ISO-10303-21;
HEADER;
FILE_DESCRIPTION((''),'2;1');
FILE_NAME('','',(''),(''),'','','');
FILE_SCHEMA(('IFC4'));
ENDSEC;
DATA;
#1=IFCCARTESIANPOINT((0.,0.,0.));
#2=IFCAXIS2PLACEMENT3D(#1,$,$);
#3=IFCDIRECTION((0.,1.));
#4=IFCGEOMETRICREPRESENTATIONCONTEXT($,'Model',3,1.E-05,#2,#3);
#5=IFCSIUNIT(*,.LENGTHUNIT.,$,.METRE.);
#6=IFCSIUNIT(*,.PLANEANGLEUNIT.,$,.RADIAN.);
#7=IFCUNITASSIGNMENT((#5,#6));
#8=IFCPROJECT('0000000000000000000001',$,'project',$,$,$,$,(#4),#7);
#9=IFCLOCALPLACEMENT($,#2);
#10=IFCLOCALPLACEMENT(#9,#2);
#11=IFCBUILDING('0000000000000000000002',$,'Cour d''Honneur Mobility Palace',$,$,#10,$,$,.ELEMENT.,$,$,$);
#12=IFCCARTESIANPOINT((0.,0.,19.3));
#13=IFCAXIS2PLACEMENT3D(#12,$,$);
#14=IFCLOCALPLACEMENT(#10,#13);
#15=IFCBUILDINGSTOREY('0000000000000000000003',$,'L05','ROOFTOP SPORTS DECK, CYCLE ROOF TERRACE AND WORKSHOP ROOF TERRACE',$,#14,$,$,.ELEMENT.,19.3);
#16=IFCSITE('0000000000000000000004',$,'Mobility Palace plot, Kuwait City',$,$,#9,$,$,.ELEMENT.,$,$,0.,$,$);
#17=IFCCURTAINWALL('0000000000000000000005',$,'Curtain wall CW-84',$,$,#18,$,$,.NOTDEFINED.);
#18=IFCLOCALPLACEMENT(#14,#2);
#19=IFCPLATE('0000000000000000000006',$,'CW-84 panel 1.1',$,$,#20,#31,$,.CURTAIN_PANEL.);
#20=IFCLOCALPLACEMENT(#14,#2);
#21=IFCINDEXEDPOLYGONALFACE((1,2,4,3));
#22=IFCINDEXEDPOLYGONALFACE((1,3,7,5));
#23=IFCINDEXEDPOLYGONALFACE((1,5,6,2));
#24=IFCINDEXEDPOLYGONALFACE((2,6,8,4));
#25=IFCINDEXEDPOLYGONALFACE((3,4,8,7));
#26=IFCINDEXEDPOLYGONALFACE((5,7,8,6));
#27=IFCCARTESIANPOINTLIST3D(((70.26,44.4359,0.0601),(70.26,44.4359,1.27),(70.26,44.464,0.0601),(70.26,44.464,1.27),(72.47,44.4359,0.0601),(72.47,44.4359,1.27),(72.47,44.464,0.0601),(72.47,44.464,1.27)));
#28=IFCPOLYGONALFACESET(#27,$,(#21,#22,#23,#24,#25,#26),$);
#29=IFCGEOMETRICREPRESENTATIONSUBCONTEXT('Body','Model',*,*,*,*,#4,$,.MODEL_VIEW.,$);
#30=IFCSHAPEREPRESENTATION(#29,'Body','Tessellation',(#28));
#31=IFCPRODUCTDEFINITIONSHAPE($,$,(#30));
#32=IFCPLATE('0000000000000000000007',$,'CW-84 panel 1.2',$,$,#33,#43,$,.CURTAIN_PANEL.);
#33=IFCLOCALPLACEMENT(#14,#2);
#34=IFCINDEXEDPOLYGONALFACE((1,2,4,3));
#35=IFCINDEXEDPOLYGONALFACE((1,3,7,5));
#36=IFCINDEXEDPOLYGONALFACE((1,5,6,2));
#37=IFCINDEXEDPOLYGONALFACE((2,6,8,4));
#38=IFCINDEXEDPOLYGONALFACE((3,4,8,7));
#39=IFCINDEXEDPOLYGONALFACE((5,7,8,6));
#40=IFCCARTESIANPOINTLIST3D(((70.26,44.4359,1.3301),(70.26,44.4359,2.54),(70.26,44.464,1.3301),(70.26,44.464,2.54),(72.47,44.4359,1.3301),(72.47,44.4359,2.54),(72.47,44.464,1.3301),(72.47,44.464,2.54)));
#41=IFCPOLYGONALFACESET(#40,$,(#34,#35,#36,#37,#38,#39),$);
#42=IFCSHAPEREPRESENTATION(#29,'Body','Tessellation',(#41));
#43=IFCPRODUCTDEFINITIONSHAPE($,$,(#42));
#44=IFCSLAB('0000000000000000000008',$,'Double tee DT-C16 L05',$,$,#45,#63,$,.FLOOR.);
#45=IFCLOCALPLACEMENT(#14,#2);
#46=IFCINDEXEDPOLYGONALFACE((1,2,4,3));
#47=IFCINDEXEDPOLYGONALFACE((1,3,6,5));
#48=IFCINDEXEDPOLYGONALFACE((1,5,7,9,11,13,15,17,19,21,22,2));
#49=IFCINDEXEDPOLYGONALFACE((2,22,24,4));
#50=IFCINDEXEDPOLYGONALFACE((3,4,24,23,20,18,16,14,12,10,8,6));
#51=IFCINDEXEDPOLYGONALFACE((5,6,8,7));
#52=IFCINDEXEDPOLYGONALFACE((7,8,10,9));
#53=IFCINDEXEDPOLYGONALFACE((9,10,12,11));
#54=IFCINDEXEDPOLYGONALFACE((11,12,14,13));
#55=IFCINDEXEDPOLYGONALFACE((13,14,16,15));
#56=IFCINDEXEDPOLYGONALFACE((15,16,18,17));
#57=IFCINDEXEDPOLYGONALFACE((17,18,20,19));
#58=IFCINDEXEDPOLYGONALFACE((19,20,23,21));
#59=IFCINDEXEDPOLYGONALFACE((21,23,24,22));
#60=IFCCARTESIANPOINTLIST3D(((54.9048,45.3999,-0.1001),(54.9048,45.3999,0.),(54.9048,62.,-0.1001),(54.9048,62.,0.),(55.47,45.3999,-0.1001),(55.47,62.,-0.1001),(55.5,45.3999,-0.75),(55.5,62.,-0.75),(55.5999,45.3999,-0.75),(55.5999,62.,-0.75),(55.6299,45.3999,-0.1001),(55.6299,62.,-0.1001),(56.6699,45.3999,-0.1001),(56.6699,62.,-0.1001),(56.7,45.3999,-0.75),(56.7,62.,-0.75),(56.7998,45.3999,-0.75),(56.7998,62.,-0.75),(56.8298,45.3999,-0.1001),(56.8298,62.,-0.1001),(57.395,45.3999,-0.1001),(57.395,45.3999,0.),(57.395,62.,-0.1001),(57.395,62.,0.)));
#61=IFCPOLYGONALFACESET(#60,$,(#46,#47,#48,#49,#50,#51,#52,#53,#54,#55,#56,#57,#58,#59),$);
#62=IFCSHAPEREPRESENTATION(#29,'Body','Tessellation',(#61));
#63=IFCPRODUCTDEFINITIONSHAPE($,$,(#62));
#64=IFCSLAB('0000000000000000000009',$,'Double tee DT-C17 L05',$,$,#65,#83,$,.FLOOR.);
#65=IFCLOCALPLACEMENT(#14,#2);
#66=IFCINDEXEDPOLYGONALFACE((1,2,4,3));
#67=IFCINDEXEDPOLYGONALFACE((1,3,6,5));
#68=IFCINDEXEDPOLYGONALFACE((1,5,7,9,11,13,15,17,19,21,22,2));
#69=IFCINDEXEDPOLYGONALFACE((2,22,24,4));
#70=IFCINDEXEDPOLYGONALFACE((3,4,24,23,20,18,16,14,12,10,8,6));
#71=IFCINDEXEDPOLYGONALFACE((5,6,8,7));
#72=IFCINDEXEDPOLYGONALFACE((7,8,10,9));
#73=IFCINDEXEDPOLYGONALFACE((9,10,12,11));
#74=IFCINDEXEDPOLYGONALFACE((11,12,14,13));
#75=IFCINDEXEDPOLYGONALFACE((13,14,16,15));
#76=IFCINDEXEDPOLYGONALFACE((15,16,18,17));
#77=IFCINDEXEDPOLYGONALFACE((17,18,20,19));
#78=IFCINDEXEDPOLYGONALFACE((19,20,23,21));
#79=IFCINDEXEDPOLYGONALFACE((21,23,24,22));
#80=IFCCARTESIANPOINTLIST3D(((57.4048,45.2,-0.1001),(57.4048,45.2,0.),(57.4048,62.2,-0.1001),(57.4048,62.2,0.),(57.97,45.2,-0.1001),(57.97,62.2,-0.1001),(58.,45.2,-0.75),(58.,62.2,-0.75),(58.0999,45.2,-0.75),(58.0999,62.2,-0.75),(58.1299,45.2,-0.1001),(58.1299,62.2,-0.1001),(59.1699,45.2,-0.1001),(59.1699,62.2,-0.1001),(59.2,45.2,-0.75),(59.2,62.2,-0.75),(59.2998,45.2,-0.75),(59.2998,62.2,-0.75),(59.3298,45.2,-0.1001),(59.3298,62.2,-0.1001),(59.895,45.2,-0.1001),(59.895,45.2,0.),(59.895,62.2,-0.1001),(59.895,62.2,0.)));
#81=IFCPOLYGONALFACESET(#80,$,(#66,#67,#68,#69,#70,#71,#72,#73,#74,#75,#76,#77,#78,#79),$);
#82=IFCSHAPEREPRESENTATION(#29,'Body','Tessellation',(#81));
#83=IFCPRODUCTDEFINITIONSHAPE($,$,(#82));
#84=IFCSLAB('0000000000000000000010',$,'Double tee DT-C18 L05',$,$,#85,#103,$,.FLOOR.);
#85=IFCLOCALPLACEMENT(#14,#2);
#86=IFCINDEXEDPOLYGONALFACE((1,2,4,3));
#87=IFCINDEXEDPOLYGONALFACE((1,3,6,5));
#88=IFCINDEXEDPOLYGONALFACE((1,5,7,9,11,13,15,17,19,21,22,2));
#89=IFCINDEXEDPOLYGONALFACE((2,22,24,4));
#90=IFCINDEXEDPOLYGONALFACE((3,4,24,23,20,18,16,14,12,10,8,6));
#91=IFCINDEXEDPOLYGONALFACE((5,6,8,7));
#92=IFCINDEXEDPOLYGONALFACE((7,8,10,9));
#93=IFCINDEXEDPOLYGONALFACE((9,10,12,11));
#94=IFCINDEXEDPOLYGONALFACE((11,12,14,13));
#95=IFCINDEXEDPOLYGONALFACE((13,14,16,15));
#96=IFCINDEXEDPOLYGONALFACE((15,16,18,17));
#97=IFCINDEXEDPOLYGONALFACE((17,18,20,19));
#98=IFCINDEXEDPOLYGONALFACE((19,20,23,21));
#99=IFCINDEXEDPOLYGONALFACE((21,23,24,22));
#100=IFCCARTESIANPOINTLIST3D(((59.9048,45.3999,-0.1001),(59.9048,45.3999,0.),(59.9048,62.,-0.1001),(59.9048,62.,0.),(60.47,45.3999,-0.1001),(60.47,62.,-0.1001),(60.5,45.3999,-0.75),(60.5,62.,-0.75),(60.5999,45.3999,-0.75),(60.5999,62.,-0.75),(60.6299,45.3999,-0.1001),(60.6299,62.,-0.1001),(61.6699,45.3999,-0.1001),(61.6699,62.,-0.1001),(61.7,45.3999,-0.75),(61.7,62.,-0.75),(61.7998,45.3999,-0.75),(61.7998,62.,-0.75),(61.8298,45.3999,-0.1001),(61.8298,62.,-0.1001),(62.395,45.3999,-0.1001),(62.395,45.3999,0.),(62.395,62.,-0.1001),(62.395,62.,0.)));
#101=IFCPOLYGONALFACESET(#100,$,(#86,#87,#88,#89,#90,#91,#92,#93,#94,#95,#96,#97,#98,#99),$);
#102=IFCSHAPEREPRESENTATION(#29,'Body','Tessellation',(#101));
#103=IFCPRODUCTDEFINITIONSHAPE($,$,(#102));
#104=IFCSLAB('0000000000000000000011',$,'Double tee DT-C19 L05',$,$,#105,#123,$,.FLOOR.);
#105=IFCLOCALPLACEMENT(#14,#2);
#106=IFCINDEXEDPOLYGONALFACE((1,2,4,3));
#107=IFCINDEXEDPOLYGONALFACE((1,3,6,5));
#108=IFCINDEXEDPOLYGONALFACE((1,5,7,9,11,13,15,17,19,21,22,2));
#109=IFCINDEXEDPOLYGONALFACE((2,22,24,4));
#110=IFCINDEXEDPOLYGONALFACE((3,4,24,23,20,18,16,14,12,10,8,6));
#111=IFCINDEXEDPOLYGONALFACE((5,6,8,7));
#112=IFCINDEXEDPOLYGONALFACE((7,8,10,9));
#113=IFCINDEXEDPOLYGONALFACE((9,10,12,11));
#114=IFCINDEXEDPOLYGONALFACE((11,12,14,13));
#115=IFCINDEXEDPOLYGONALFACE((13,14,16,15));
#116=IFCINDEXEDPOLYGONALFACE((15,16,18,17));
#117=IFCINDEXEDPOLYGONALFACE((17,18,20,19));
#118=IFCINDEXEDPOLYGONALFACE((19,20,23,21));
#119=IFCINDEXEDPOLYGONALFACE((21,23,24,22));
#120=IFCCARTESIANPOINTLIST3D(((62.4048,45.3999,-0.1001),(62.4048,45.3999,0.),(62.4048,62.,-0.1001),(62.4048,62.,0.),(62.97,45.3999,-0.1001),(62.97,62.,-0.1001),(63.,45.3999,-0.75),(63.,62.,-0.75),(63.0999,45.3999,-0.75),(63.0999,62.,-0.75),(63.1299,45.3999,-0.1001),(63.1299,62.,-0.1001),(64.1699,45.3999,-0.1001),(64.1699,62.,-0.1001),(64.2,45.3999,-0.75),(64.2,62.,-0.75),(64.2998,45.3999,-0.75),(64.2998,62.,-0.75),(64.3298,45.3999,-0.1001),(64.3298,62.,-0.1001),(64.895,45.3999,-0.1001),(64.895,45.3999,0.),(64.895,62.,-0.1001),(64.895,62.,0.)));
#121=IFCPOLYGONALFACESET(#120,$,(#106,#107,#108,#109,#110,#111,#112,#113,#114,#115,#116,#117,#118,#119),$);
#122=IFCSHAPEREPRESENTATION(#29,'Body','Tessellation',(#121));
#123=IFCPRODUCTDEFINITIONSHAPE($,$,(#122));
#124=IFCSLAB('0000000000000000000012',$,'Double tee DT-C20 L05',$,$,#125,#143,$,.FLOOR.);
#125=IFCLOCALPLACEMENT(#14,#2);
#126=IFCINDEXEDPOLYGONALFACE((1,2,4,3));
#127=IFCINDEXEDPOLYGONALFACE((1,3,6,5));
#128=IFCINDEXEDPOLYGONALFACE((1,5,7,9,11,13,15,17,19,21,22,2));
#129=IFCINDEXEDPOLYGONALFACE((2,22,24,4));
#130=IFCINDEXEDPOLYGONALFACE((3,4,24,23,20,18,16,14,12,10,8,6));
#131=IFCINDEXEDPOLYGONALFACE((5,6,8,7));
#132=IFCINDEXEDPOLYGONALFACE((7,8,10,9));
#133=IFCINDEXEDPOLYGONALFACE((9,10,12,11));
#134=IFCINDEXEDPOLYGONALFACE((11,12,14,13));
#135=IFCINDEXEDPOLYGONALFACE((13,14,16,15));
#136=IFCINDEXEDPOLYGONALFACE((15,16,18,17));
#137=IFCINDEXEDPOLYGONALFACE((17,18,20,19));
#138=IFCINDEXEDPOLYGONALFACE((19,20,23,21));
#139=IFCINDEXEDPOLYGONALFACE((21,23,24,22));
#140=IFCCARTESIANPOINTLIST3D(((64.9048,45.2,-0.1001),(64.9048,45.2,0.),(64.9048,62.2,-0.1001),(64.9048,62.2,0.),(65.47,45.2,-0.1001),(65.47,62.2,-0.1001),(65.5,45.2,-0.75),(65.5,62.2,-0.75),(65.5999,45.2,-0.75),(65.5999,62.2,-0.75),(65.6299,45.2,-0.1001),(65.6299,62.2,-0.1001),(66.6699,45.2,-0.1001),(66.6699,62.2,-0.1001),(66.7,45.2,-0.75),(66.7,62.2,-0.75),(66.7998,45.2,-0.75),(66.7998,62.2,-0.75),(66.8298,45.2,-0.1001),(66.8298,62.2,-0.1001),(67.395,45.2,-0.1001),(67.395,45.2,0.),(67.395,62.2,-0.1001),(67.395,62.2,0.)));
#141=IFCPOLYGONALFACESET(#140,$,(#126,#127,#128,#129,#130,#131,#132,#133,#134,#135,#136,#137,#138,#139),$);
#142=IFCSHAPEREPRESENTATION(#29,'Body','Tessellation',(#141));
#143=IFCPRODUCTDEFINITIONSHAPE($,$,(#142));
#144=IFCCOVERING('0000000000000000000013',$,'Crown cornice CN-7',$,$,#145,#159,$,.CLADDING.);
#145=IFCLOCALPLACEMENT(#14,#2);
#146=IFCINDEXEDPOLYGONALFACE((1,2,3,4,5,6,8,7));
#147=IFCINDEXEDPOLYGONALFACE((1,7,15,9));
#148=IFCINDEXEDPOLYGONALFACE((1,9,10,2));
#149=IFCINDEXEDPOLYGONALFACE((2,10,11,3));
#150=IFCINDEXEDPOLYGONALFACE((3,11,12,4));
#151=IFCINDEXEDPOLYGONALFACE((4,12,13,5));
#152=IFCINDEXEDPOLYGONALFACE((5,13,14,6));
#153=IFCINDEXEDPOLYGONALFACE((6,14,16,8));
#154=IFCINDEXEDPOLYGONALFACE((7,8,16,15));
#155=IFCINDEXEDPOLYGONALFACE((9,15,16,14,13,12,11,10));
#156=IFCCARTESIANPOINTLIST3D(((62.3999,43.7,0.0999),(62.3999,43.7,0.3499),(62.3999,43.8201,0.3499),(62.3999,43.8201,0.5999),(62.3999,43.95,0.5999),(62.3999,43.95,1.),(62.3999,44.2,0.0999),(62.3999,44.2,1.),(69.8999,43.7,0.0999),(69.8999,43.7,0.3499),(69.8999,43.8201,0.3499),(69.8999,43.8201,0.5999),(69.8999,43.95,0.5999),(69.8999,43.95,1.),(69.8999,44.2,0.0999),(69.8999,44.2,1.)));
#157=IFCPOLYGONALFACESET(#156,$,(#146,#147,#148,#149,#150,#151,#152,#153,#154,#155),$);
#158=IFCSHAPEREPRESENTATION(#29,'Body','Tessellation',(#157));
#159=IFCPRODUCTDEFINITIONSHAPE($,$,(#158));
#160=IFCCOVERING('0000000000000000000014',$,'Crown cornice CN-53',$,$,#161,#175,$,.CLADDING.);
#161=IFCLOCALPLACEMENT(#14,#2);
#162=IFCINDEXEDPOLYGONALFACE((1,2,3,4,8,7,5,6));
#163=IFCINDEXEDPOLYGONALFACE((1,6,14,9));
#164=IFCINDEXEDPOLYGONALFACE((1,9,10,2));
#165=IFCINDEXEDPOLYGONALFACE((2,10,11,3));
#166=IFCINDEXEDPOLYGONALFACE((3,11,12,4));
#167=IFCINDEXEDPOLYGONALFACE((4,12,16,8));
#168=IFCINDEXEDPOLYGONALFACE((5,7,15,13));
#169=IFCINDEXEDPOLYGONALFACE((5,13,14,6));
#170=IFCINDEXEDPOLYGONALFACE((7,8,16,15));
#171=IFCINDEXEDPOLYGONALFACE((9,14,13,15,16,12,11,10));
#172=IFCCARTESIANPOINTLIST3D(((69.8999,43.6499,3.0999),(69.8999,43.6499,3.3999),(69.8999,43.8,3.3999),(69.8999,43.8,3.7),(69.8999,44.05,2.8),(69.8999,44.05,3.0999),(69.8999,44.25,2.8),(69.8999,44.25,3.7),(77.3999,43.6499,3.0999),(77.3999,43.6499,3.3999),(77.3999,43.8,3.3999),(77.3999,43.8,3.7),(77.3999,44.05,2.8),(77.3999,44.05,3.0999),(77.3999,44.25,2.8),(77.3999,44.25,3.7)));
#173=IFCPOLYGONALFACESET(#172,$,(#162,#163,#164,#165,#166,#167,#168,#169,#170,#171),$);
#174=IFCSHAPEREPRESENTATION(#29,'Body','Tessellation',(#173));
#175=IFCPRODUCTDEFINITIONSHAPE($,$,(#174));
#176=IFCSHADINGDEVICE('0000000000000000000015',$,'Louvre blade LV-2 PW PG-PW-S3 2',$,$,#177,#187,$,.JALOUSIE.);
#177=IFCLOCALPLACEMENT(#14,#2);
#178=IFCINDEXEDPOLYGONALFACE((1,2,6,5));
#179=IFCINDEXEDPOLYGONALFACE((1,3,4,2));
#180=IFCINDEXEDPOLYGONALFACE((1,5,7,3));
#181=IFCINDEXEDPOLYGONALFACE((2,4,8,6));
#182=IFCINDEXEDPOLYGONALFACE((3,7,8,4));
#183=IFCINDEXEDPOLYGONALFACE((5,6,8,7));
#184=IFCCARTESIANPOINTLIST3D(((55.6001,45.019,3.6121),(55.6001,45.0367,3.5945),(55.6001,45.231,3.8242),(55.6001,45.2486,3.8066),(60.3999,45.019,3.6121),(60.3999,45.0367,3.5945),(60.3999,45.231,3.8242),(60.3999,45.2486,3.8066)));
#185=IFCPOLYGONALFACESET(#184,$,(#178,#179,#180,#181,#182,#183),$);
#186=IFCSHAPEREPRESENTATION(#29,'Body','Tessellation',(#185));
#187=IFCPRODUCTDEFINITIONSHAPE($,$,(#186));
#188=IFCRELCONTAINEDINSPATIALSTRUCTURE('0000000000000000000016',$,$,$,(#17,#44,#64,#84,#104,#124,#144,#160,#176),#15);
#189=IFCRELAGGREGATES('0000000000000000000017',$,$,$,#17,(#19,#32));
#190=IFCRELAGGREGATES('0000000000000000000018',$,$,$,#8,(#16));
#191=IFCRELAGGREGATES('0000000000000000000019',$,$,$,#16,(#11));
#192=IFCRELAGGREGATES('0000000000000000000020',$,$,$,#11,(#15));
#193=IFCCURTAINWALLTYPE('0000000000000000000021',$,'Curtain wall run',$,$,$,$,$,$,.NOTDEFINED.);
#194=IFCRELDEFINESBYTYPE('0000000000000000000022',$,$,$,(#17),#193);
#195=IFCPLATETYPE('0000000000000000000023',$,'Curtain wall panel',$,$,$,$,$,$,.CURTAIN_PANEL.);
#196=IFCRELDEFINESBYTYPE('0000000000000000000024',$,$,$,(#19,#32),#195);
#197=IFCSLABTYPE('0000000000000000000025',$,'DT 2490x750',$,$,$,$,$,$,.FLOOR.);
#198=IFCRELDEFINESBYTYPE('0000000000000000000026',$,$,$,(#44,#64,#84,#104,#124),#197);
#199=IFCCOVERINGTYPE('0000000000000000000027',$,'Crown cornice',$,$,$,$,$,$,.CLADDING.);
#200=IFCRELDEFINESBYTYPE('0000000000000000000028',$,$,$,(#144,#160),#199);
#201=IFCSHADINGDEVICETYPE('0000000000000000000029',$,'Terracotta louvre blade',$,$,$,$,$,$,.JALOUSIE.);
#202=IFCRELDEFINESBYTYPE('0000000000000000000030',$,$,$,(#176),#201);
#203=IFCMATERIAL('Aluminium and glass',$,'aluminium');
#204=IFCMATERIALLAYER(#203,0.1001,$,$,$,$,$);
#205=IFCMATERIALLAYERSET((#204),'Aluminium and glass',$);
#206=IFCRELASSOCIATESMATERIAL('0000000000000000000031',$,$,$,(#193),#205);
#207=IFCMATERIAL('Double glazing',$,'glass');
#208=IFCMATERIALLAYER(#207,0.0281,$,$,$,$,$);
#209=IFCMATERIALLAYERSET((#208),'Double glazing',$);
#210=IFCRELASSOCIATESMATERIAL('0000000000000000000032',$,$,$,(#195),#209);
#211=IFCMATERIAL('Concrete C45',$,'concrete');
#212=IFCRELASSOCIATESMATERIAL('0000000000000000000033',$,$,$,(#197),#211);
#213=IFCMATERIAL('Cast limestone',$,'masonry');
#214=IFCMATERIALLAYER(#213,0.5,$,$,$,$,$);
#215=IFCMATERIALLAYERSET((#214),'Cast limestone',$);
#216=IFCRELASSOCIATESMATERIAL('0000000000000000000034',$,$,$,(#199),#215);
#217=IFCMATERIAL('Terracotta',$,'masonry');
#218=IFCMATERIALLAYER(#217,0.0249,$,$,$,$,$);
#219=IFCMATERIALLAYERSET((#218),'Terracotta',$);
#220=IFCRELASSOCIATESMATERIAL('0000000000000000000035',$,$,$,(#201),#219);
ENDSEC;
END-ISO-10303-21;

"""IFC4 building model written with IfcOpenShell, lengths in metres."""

from ifc_helpers import new_model, si_unit, direction, frame, origin, origin_2d, place, context, subcontext, project, spatial, polyline, rectangle, outline, extrude, material, layer, layer_set, material_profile, profile_set, type_object, element, aggregate, save


model = new_model("IFC4")

# Units and contexts
model_context = context("Model", 3, precision=1e-05, world=origin(), true_north=direction((0.0, 1.0)))
body_context = subcontext(model_context, "Body", "Model", "MODEL_VIEW")
ifc_project = project(units=[si_unit("LENGTHUNIT", "METRE"), si_unit("PLANEANGLEUNIT", "RADIAN")], contexts=[model_context])

# Site, building, storey
site_placement = place(None, origin())
site = spatial("IfcSite", under=ifc_project, at=site_placement, Name="Mobility Palace plot, Kuwait City", CompositionType="ELEMENT", RefElevation=0.0)
building_placement = place(site_placement, origin())
building = spatial("IfcBuilding", under=site, at=building_placement, Name="Cour d'Honneur Mobility Palace", CompositionType="ELEMENT")
storey_placement = place(building_placement, frame((0.0, 0.0, 19.3)))
storey = spatial("IfcBuildingStorey", under=building, at=storey_placement, Name="L05", Description="ROOFTOP SPORTS DECK, CYCLE ROOF TERRACE AND WORKSHOP ROOF TERRACE", CompositionType="ELEMENT", Elevation=19.3)

# Curtain wall
ifc_material_1 = material(Name="Aluminium and glass", Category="aluminium")
ifc_layer_1 = layer(ifc_material_1, 0.1001)
ifc_layer_set_1 = layer_set([ifc_layer_1], Name="Aluminium and glass")
curtain_wall_type = type_object("IfcCurtainWallType", Name="Curtain wall run", PredefinedType="NOTDEFINED", material=ifc_layer_set_1)
curtain_wall_placement = place(storey_placement, origin())
curtain_wall = element("IfcCurtainWall", 1, at=curtain_wall_placement, inside=storey, type_object=curtain_wall_type, Name="Curtain wall CW-84", PredefinedType="NOTDEFINED")

# Plates
ifc_material_2 = material(Name="Double glazing", Category="glass")
ifc_layer_2 = layer(ifc_material_2, 0.0281)
ifc_layer_set_2 = layer_set([ifc_layer_2], Name="Double glazing")
plate_type = type_object("IfcPlateType", Name="Curtain wall panel", PredefinedType="CURTAIN_PANEL", material=ifc_layer_set_2)
plate_1_placement = place(storey_placement, frame((71.365, 44.45, 0.0601), z_axis=(0.0, 0.0, 1.0), x_axis=(1.0, 0.0, 0.0)))
plate_1 = element("IfcPlate", 2, at=plate_1_placement, type_object=plate_type, Name="CW-84 panel 1.1", PredefinedType="CURTAIN_PANEL", context=body_context, shape_type="SweptSolid", body=[
    extrude(rectangle(XDim=2.21, YDim=0.0281, at=origin_2d()), origin(), (0.0, 0.0, 1.0), 1.21),
])
plate_2_placement = place(storey_placement, frame((71.365, 44.45, 1.3301), z_axis=(0.0, 0.0, 1.0), x_axis=(1.0, 0.0, 0.0)))
plate_2 = element("IfcPlate", 3, at=plate_2_placement, type_object=plate_type, Name="CW-84 panel 1.2", PredefinedType="CURTAIN_PANEL", context=body_context, shape_type="SweptSolid", body=[
    extrude(rectangle(XDim=2.21, YDim=0.0281, at=origin_2d()), origin(), (0.0, 0.0, 1.0), 1.21),
])
aggregate(curtain_wall, [plate_1, plate_2])

# Slabs
ifc_material_3 = material(Name="Concrete C45", Category="concrete")
ifc_material_profile_1 = material_profile(ifc_material_3, outline(polyline([(-1.2451, 0.0), (1.2451, 0.0), (1.2451, -0.1001), (0.6799, -0.1001), (0.6499, -0.75), (0.55, -0.75), (0.52, -0.1001), (-0.52, -0.1001), (-0.55, -0.75), (-0.6499, -0.75), (-0.6799, -0.1001), (-1.2451, -0.1001), (-1.2451, 0.0)])), Name="DT 2490x750")
ifc_profile_set_1 = profile_set([ifc_material_profile_1], Name="Concrete C45")
slab_type = type_object("IfcSlabType", Name="DT 2490x750", PredefinedType="FLOOR", material=ifc_profile_set_1)
slab_1_placement = place(storey_placement, frame((56.1499, 45.3999, 0.0), z_axis=(0.0, 1.0, 0.0), x_axis=(-1.0, 0.0, 0.0)))
element("IfcSlab", 4, at=slab_1_placement, inside=storey, type_object=slab_type, Name="Double tee DT-C16 L05", PredefinedType="FLOOR", context=body_context, shape_type="SweptSolid", body=[
    extrude(outline(polyline([(-1.2451, 0.0), (1.2451, 0.0), (1.2451, -0.1001), (0.6799, -0.1001), (0.6499, -0.75), (0.55, -0.75), (0.52, -0.1001), (-0.52, -0.1001), (-0.55, -0.75), (-0.6499, -0.75), (-0.6799, -0.1001), (-1.2451, -0.1001), (-1.2451, 0.0)])), origin(), (0.0, 0.0, 1.0), 16.6001),
])
slab_2_placement = place(storey_placement, frame((58.6499, 45.2, 0.0), z_axis=(0.0, 1.0, 0.0), x_axis=(-1.0, 0.0, 0.0)))
element("IfcSlab", 5, at=slab_2_placement, inside=storey, type_object=slab_type, Name="Double tee DT-C17 L05", PredefinedType="FLOOR", context=body_context, shape_type="SweptSolid", body=[
    extrude(outline(polyline([(-1.2451, 0.0), (1.2451, 0.0), (1.2451, -0.1001), (0.6799, -0.1001), (0.6499, -0.75), (0.55, -0.75), (0.52, -0.1001), (-0.52, -0.1001), (-0.55, -0.75), (-0.6499, -0.75), (-0.6799, -0.1001), (-1.2451, -0.1001), (-1.2451, 0.0)])), origin(), (0.0, 0.0, 1.0), 17.0),
])
for number, where, z_axis, x_axis, name in (
    (6, (61.1499, 45.3999, 0.0), (0.0, 1.0, 0.0), (-1.0, 0.0, 0.0), "Double tee DT-C18 L05"),
    (7, (63.6499, 45.3999, 0.0), (0.0, 1.0, 0.0), (-1.0, 0.0, 0.0), "Double tee DT-C19 L05"),
):
    element("IfcSlab", number, at=place(storey_placement, frame(where, z_axis=z_axis, x_axis=x_axis)), inside=storey, type_object=slab_type, Name=name, PredefinedType="FLOOR", context=body_context, shape_type="SweptSolid", body=[
        extrude(outline(polyline([(-1.2451, 0.0), (1.2451, 0.0), (1.2451, -0.1001), (0.6799, -0.1001), (0.6499, -0.75), (0.55, -0.75), (0.52, -0.1001), (-0.52, -0.1001), (-0.55, -0.75), (-0.6499, -0.75), (-0.6799, -0.1001), (-1.2451, -0.1001), (-1.2451, 0.0)])), origin(), (0.0, 0.0, 1.0), 16.6001),
    ])
slab_3_placement = place(storey_placement, frame((66.1499, 45.2, 0.0), z_axis=(0.0, 1.0, 0.0), x_axis=(-1.0, 0.0, 0.0)))
element("IfcSlab", 8, at=slab_3_placement, inside=storey, type_object=slab_type, Name="Double tee DT-C20 L05", PredefinedType="FLOOR", context=body_context, shape_type="SweptSolid", body=[
    extrude(outline(polyline([(-1.2451, 0.0), (1.2451, 0.0), (1.2451, -0.1001), (0.6799, -0.1001), (0.6499, -0.75), (0.55, -0.75), (0.52, -0.1001), (-0.52, -0.1001), (-0.55, -0.75), (-0.6499, -0.75), (-0.6799, -0.1001), (-1.2451, -0.1001), (-1.2451, 0.0)])), origin(), (0.0, 0.0, 1.0), 17.0),
])

# Coverings
ifc_material_4 = material(Name="Cast limestone", Category="masonry")
ifc_layer_3 = layer(ifc_material_4, 0.5)
ifc_layer_set_3 = layer_set([ifc_layer_3], Name="Cast limestone")
covering_type = type_object("IfcCoveringType", Name="Crown cornice", PredefinedType="CLADDING", material=ifc_layer_set_3)
covering_1_placement = place(storey_placement, frame((62.3999, 44.2, 0.0999), z_axis=(-1.0, 0.0, 0.0), x_axis=(0.0, -1.0, 0.0)))
element("IfcCovering", 9, at=covering_1_placement, inside=storey, type_object=covering_type, Name="Crown cornice CN-7", PredefinedType="CLADDING", context=body_context, shape_type="SweptSolid", body=[
    extrude(outline(polyline([(0.0, 0.0), (0.5, 0.0), (0.5, 0.25), (0.3799, 0.25), (0.3799, 0.5), (0.25, 0.5), (0.25, 0.9001), (0.0, 0.9001), (0.0, 0.0)])), origin(), (0.0, 0.0, -1.0), 7.5),
])
covering_2_placement = place(storey_placement, frame((69.8999, 44.25, 2.8), z_axis=(-1.0, 0.0, 0.0), x_axis=(0.0, -1.0, 0.0)))
element("IfcCovering", 10, at=covering_2_placement, inside=storey, type_object=covering_type, Name="Crown cornice CN-53", PredefinedType="CLADDING", context=body_context, shape_type="SweptSolid", body=[
    extrude(outline(polyline([(0.0, 0.0), (0.2, 0.0), (0.2, 0.2998), (0.6001, 0.2998), (0.6001, 0.5999), (0.45, 0.5999), (0.45, 0.8999), (0.0, 0.8999), (0.0, 0.0)])), origin(), (0.0, 0.0, -1.0), 7.5),
])

# Shading device
ifc_material_5 = material(Name="Terracotta", Category="masonry")
ifc_layer_4 = layer(ifc_material_5, 0.0249)
ifc_layer_set_4 = layer_set([ifc_layer_4], Name="Terracotta")
shading_device_type = type_object("IfcShadingDeviceType", Name="Terracotta louvre blade", PredefinedType="JALOUSIE", material=ifc_layer_set_4)
for number, where, z_axis, x_axis, name in (
    (11, (55.6001, 45.019, 3.6121), (0.0, -0.707514, 0.7067), (1.0, 0.0, 0.0), "Louvre blade LV-2 PW PG-PW-S3 2"),
):
    element("IfcShadingDevice", number, at=place(storey_placement, frame(where, z_axis=z_axis, x_axis=x_axis)), inside=storey, type_object=shading_device_type, Name=name, PredefinedType="JALOUSIE", context=body_context, shape_type="SweptSolid", body=[
        extrude(outline(polyline([(0.0, 0.0), (4.7998, 0.0), (4.7998, 0.2999), (0.0, 0.2999), (0.0, 0.0)])), origin(), (0.0, 0.0, -1.0), 0.0249),
    ])

save(model, "model.ifc")
